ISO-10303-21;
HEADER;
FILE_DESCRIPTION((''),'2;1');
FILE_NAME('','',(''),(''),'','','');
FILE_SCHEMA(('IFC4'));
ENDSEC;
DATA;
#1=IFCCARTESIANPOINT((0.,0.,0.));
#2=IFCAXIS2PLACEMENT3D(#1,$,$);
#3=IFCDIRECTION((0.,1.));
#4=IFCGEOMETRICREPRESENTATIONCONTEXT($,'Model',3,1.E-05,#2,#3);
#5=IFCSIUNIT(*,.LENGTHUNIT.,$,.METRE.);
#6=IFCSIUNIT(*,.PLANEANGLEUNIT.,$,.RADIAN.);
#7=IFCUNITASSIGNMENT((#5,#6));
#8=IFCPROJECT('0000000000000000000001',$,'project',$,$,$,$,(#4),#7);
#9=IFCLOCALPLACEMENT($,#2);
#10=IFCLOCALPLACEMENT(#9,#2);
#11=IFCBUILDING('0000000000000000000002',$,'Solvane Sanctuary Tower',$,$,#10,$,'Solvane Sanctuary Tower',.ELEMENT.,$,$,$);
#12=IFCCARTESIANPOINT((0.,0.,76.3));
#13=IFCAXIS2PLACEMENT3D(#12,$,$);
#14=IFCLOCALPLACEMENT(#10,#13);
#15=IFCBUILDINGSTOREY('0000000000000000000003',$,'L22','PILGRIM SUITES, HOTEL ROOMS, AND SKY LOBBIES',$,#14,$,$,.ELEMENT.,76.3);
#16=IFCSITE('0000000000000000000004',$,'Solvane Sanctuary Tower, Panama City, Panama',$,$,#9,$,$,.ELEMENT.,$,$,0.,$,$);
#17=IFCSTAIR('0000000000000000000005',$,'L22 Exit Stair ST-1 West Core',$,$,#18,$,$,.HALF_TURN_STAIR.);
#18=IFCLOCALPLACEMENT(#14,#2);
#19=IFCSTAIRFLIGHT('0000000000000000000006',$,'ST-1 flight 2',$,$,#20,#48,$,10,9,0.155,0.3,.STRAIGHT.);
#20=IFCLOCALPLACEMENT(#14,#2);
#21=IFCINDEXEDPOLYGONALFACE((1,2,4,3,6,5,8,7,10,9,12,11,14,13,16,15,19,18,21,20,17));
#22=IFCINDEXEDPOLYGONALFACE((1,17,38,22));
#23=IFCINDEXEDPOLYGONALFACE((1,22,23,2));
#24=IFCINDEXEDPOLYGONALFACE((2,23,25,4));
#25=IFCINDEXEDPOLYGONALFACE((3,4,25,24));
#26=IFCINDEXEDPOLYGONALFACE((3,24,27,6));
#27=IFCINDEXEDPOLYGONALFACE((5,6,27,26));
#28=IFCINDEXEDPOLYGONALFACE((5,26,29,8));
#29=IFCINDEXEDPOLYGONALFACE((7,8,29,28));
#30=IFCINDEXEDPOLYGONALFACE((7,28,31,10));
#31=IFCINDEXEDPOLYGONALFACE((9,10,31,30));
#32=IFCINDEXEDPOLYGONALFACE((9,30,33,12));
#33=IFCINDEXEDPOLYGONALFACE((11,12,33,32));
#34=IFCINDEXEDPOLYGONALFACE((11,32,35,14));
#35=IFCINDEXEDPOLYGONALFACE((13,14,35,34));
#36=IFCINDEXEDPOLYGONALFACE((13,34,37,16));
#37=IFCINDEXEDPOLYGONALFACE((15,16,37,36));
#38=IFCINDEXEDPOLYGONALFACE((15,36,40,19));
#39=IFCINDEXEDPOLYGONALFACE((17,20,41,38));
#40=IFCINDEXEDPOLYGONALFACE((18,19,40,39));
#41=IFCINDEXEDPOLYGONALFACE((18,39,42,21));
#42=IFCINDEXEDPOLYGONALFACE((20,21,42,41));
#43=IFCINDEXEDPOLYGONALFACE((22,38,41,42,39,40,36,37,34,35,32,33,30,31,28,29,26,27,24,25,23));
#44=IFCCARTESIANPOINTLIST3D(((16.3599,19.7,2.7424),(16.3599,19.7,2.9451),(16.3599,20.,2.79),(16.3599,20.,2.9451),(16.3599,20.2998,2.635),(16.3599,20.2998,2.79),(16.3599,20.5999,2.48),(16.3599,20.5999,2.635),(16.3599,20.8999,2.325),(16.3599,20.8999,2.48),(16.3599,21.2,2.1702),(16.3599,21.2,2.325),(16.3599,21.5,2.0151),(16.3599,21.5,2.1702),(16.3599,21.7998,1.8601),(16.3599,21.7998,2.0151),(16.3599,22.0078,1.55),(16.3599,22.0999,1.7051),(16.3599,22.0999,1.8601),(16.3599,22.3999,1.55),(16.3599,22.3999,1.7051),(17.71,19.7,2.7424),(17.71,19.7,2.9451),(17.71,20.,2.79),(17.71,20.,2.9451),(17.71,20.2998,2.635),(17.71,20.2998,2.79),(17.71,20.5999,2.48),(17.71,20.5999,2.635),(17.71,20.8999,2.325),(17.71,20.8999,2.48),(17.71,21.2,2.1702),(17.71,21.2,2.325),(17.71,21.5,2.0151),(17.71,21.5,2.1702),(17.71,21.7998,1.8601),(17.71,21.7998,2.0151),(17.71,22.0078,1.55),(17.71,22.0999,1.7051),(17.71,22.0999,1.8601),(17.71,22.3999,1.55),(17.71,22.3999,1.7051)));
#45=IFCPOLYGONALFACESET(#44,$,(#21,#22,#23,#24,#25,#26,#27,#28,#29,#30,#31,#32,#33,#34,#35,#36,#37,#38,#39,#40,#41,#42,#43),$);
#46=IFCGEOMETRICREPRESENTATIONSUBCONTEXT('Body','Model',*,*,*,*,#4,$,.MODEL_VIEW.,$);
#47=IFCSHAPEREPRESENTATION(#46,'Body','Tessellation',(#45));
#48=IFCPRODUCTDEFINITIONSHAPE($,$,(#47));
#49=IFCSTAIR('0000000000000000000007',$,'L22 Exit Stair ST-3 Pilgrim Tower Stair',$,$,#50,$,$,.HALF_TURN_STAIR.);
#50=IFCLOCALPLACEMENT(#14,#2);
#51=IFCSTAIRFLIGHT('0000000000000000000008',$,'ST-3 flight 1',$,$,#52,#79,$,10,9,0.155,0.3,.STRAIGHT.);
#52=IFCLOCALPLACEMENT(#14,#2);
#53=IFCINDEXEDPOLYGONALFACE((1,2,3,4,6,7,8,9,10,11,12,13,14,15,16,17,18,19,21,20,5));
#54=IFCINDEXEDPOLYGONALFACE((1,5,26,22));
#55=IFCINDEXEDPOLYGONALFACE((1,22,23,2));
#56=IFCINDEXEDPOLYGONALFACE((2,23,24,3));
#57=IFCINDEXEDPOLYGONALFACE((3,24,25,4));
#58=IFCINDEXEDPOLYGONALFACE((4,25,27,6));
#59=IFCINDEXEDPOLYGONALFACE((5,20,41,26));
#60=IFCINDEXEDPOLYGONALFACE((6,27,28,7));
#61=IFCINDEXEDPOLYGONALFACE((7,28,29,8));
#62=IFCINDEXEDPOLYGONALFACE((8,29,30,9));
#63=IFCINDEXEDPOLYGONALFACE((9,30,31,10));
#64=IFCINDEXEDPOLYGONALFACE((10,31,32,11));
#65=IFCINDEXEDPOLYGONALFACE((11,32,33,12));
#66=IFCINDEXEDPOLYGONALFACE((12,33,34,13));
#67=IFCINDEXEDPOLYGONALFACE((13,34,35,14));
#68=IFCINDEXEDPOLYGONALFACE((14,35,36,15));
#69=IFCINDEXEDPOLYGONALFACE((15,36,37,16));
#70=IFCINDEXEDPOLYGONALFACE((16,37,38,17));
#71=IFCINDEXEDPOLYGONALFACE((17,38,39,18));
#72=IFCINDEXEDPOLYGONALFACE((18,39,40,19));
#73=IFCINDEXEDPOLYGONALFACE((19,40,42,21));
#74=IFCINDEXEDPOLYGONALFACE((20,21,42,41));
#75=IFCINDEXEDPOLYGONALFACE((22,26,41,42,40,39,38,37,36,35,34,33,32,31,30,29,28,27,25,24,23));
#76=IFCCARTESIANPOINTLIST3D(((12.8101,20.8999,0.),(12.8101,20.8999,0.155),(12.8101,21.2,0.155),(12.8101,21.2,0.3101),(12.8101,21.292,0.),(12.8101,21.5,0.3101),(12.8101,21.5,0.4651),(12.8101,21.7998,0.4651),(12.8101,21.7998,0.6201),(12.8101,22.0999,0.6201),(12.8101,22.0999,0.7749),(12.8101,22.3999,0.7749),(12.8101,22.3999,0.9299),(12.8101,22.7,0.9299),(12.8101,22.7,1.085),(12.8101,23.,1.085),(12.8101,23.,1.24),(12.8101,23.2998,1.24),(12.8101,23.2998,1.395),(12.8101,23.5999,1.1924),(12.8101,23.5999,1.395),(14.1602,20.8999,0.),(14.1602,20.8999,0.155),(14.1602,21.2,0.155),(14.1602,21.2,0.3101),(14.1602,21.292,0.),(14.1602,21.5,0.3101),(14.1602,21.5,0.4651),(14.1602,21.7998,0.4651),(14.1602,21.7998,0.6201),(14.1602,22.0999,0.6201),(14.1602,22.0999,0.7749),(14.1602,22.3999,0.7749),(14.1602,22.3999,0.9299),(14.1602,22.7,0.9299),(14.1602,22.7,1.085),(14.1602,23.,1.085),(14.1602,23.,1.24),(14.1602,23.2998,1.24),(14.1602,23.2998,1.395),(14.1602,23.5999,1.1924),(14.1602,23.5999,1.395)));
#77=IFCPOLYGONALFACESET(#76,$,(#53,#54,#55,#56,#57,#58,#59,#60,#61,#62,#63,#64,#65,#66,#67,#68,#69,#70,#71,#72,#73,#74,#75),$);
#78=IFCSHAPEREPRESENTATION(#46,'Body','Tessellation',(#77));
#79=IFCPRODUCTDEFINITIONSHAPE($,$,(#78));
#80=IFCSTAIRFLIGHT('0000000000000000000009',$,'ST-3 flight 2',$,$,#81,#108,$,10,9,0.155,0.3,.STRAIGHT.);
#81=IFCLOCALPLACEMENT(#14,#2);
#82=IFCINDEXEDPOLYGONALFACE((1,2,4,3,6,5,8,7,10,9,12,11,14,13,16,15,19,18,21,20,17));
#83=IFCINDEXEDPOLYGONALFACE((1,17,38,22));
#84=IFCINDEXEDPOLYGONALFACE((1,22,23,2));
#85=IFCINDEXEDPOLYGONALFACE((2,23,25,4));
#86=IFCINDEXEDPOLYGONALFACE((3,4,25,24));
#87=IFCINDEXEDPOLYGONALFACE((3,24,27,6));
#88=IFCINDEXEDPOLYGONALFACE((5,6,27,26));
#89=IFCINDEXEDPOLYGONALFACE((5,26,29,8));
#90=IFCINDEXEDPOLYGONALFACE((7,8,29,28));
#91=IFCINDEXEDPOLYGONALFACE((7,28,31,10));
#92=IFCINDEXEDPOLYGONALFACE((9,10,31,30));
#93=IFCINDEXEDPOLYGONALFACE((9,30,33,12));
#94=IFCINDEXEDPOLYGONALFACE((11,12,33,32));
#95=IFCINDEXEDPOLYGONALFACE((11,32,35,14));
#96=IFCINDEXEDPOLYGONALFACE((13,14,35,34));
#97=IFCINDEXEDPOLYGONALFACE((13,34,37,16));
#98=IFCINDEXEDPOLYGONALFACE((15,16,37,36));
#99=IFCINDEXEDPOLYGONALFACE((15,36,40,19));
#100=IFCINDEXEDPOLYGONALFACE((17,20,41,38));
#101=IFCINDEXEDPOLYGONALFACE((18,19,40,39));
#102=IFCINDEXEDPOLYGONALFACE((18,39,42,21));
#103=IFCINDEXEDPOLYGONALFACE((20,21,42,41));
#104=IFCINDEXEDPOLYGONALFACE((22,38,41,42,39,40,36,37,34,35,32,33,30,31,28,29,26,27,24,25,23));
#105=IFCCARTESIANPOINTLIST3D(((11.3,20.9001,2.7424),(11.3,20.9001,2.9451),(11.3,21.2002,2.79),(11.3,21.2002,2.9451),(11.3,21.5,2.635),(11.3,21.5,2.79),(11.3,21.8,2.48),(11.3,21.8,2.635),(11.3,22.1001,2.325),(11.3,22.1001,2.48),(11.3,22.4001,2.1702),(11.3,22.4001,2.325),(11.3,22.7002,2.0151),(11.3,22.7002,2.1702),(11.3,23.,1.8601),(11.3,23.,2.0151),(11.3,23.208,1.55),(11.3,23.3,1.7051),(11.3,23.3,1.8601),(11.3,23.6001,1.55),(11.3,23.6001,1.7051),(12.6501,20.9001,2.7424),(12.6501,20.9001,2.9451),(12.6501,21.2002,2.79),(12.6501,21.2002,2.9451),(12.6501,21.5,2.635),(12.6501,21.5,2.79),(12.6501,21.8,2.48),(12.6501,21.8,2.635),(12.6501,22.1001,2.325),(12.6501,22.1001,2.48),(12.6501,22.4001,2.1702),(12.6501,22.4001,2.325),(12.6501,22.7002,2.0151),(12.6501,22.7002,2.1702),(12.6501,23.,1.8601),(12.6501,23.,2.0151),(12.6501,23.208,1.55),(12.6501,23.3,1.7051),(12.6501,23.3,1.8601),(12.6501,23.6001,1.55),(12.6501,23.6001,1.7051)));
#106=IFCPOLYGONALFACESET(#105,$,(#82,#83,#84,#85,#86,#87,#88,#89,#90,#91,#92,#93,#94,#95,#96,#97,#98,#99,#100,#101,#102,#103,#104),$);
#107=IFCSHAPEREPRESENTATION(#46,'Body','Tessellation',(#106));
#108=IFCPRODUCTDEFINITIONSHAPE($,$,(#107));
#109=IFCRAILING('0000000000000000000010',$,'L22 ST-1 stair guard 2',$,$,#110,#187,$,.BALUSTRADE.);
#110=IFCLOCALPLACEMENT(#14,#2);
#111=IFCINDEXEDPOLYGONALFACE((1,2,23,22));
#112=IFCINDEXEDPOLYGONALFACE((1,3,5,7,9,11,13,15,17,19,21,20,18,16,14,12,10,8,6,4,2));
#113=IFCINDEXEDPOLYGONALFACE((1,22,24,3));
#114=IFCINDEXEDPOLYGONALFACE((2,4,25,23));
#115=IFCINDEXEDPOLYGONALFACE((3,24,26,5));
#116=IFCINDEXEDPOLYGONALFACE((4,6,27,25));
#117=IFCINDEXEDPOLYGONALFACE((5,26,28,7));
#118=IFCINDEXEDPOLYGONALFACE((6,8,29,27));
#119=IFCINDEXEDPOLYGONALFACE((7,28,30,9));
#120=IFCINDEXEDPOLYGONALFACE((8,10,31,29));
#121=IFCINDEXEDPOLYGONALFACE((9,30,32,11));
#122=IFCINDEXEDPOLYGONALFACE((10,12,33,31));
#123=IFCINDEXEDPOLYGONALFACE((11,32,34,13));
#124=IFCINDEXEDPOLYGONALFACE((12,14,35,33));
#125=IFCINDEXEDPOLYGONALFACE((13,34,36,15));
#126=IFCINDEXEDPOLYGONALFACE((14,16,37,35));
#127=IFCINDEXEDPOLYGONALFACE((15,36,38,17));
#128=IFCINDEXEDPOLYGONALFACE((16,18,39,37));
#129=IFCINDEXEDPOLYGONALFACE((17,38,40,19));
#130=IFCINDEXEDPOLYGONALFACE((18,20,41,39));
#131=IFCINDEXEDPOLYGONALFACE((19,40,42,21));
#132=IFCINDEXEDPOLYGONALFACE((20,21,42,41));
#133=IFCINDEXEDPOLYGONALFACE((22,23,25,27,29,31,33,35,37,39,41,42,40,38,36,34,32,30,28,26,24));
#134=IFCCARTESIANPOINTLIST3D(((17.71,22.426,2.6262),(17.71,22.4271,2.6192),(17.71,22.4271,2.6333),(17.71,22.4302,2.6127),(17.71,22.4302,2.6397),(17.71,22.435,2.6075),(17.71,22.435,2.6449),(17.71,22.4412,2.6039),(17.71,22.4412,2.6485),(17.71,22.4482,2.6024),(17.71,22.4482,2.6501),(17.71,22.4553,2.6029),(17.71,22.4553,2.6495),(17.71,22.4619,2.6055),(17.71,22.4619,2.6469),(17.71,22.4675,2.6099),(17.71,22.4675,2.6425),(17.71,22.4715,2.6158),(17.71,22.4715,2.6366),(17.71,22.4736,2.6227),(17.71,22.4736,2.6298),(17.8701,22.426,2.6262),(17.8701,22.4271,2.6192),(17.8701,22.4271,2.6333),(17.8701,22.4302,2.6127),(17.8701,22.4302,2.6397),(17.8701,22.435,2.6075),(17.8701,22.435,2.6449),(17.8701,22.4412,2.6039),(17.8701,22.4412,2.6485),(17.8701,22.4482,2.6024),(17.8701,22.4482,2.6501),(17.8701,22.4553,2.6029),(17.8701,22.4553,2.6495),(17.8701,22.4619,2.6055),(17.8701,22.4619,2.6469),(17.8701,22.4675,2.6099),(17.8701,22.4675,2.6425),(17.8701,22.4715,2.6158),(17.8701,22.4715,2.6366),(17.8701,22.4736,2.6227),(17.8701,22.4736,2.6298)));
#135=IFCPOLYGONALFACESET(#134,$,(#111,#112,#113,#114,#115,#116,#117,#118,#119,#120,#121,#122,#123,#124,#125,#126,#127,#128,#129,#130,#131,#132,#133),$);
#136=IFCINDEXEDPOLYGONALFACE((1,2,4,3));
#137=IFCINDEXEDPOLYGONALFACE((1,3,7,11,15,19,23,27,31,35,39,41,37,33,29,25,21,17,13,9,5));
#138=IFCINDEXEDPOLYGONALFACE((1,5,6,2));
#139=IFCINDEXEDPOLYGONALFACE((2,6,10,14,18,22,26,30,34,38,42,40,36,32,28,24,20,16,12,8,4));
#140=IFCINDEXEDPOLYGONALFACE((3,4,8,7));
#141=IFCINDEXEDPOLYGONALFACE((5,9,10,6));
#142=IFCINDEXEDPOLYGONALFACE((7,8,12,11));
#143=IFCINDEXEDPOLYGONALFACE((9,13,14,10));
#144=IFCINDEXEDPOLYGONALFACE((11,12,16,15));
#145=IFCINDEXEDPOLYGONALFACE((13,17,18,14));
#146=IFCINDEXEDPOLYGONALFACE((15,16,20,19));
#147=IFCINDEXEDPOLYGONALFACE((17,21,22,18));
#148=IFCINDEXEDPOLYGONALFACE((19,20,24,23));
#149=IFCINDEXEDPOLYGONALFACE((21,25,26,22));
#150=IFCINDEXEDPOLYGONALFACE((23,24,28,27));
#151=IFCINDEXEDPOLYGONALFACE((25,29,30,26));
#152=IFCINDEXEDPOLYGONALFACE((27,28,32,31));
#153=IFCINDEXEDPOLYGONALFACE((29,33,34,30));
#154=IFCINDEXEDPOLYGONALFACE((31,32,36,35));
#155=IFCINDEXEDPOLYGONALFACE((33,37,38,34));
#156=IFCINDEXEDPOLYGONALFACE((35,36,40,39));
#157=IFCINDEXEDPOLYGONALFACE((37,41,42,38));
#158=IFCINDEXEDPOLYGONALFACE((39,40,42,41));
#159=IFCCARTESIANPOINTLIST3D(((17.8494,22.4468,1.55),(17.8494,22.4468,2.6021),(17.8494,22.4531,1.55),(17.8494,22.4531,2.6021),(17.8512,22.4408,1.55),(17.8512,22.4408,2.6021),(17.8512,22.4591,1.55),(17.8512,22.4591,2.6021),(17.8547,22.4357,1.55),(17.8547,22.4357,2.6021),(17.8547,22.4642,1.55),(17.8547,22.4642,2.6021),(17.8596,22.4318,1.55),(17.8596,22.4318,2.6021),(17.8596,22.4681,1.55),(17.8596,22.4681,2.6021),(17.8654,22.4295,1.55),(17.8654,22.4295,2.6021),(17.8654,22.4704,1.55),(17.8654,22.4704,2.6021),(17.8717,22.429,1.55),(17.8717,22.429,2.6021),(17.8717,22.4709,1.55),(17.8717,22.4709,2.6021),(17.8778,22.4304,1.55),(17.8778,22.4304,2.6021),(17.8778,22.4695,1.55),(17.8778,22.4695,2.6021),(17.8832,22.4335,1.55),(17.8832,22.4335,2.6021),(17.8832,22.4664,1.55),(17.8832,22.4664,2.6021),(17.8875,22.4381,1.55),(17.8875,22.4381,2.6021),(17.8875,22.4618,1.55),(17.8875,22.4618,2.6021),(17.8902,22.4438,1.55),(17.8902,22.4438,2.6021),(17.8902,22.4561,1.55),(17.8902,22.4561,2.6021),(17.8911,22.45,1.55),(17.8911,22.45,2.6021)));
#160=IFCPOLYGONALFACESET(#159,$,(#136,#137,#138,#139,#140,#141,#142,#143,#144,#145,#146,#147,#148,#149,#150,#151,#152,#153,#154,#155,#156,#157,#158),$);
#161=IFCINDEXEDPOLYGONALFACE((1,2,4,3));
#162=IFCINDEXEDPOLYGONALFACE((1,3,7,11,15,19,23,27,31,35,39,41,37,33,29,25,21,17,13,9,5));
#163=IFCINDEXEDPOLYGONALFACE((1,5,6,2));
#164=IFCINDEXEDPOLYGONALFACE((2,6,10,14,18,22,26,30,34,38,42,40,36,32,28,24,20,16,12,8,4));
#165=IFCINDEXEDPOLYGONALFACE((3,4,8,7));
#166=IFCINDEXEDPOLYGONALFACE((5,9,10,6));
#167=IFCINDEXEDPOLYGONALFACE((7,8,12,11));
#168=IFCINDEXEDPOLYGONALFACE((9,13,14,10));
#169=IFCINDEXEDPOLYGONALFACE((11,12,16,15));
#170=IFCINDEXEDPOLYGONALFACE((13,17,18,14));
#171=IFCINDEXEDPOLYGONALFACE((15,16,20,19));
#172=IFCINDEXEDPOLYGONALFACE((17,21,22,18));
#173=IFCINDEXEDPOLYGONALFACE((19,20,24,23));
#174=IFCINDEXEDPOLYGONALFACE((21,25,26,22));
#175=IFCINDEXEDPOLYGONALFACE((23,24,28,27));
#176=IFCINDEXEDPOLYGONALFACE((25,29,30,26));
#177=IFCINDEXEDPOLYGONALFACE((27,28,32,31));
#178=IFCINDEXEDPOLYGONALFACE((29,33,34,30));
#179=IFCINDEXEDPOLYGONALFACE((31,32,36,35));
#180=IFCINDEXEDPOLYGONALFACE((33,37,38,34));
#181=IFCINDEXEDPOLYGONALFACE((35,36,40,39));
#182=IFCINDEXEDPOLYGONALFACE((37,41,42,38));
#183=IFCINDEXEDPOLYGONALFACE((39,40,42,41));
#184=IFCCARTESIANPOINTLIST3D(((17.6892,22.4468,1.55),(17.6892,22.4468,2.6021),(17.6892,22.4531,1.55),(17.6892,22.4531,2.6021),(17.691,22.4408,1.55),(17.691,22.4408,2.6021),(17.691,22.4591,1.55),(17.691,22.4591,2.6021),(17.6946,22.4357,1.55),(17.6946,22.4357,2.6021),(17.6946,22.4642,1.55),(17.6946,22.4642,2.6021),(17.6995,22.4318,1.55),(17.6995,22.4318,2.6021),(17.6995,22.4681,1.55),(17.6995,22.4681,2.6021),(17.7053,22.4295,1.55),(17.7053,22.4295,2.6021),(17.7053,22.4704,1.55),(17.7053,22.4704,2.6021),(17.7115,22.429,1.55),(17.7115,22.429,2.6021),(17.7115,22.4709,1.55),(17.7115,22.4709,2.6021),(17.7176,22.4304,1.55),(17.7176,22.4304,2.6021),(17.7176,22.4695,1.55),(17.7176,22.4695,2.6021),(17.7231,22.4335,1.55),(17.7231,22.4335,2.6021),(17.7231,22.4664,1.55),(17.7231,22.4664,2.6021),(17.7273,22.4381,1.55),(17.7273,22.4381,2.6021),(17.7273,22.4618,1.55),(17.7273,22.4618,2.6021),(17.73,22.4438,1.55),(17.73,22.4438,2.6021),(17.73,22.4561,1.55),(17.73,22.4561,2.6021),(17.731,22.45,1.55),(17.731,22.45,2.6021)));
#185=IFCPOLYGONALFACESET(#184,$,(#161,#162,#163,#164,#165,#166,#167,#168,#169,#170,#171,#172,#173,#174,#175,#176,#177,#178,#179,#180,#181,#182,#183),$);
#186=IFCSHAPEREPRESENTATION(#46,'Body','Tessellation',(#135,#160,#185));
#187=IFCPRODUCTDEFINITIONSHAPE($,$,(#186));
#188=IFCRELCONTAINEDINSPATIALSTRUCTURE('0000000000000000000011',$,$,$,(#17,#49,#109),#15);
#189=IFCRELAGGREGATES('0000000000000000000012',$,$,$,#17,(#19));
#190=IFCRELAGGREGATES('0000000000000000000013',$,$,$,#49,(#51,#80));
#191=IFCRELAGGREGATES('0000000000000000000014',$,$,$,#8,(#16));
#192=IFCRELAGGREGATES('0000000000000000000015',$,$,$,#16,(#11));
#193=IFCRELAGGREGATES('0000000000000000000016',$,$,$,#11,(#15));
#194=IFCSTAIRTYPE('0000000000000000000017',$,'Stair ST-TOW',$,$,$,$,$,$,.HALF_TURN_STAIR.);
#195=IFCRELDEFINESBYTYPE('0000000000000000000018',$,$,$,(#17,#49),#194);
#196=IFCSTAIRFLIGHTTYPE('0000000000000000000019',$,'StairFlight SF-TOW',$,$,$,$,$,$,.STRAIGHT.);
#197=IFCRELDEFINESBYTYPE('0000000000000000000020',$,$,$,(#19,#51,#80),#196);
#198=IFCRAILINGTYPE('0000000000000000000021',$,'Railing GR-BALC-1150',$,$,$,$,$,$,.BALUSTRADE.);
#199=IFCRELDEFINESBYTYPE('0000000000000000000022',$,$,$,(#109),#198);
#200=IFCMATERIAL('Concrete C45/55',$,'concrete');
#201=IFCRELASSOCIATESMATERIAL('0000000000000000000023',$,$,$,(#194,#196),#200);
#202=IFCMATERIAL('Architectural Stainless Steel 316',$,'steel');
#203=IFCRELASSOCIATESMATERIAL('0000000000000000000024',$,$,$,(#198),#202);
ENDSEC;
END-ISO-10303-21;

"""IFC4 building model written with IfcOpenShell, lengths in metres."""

from ifc_helpers import new_model, si_unit, direction, frame, origin, origin_2d, place, context, subcontext, project, spatial, polyline, circle, outline, extrude, material, type_object, element, aggregate, save


model = new_model("IFC4")

# Units and contexts
model_context = context("Model", 3, precision=1e-05, world=origin(), true_north=direction((0.0, 1.0)))
body_context = subcontext(model_context, "Body", "Model", "MODEL_VIEW")
ifc_project = project(units=[si_unit("LENGTHUNIT", "METRE"), si_unit("PLANEANGLEUNIT", "RADIAN")], contexts=[model_context])

# Site, building, storey
site_placement = place(None, origin())
site = spatial("IfcSite", under=ifc_project, at=site_placement, Name="Solvane Sanctuary Tower, Panama City, Panama", CompositionType="ELEMENT", RefElevation=0.0)
building_placement = place(site_placement, origin())
building = spatial("IfcBuilding", under=site, at=building_placement, Name="Solvane Sanctuary Tower", LongName="Solvane Sanctuary Tower", CompositionType="ELEMENT")
storey_placement = place(building_placement, frame((0.0, 0.0, 76.3)))
storey = spatial("IfcBuildingStorey", under=building, at=storey_placement, Name="L22", Description="PILGRIM SUITES, HOTEL ROOMS, AND SKY LOBBIES", CompositionType="ELEMENT", Elevation=76.3)

# Shared definitions
ifc_material_1 = material(Name="Architectural Stainless Steel 316", Category="steel")

# Stair, stair flight
ifc_material_2 = material(Name="Concrete C45/55", Category="concrete")
stair_type = type_object("IfcStairType", Name="Stair ST-TOW", PredefinedType="HALF_TURN_STAIR", material=ifc_material_2)
stair_1_placement = place(storey_placement, origin())
stair_1 = element("IfcStair", 1, at=stair_1_placement, inside=storey, type_object=stair_type, Name="L22 Exit Stair ST-1 West Core", PredefinedType="HALF_TURN_STAIR")
stair_flight_type = type_object("IfcStairFlightType", Name="StairFlight SF-TOW", PredefinedType="STRAIGHT", material=ifc_material_2)
stair_flight_1_placement = place(storey_placement, frame((17.0349, 22.3999, 1.55), z_axis=(0.0, 0.0, 1.0), x_axis=(0.0, -1.0, 0.0)))
stair_flight_1 = element("IfcStairFlight", 2, at=stair_flight_1_placement, type_object=stair_flight_type, Name="ST-1 flight 2", NumberOfRisers=10, NumberOfTreads=9, PredefinedType="STRAIGHT", RiserHeight=0.155, TreadLength=0.3, context=body_context, shape_type="SweptSolid", body=[
    extrude(outline(polyline([(0.0, 0.0), (0.0, 0.155), (0.3, 0.155), (0.3, 0.3101), (0.6001, 0.3101), (0.6001, 0.4651), (0.8999, 0.4651), (0.8999, 0.6201), (1.2, 0.6201), (1.2, 0.7749), (1.5, 0.7749), (1.5, 0.9299), (1.8, 0.9299), (1.8, 1.085), (2.1001, 1.085), (2.1001, 1.24), (2.3999, 1.24), (2.3999, 1.395), (2.7, 1.395), (2.7, 1.55), (2.7, 1.1924), (0.3921, 0.0), (0.0, 0.0)])), frame((0.0, 0.675, 0.0), z_axis=(0.0, -1.0, 0.0), x_axis=(1.0, 0.0, 0.0)), (0.0, 0.0, 1.0), 1.3501),
])
aggregate(stair_1, [stair_flight_1])

# Stair, stair flights
stair_2_placement = place(storey_placement, origin())
stair_2 = element("IfcStair", 3, at=stair_2_placement, inside=storey, type_object=stair_type, Name="L22 Exit Stair ST-3 Pilgrim Tower Stair", PredefinedType="HALF_TURN_STAIR")
stair_flight_2_placement = place(storey_placement, frame((13.4851, 20.8999, 0.0), z_axis=(0.0, 0.0, 1.0), x_axis=(0.0, 1.0, 0.0)))
stair_flight_2 = element("IfcStairFlight", 4, at=stair_flight_2_placement, type_object=stair_flight_type, Name="ST-3 flight 1", NumberOfRisers=10, NumberOfTreads=9, PredefinedType="STRAIGHT", RiserHeight=0.155, TreadLength=0.3, context=body_context, shape_type="SweptSolid", body=[
    extrude(outline(polyline([(0.0, 0.0), (0.0, 0.155), (0.3, 0.155), (0.3, 0.3101), (0.6001, 0.3101), (0.6001, 0.4651), (0.8999, 0.4651), (0.8999, 0.6201), (1.2, 0.6201), (1.2, 0.7749), (1.5, 0.7749), (1.5, 0.9299), (1.8, 0.9299), (1.8, 1.085), (2.1001, 1.085), (2.1001, 1.24), (2.3999, 1.24), (2.3999, 1.395), (2.7, 1.395), (2.7, 1.55), (2.7, 1.1924), (0.3921, 0.0), (0.0, 0.0)])), frame((0.0, 0.675, 0.0), z_axis=(0.0, -1.0, 0.0), x_axis=(1.0, 0.0, 0.0)), (0.0, 0.0, 1.0), 1.3501),
])
stair_flight_3_placement = place(storey_placement, frame((11.9751, 23.6001, 1.55), z_axis=(0.0, 0.0, 1.0), x_axis=(0.0, -1.0, 0.0)))
stair_flight_3 = element("IfcStairFlight", 5, at=stair_flight_3_placement, type_object=stair_flight_type, Name="ST-3 flight 2", NumberOfRisers=10, NumberOfTreads=9, PredefinedType="STRAIGHT", RiserHeight=0.155, TreadLength=0.3, context=body_context, shape_type="SweptSolid", body=[
    extrude(outline(polyline([(0.0, 0.0), (0.0, 0.155), (0.3, 0.155), (0.3, 0.3101), (0.6001, 0.3101), (0.6001, 0.4651), (0.8999, 0.4651), (0.8999, 0.6201), (1.2, 0.6201), (1.2, 0.7749), (1.5, 0.7749), (1.5, 0.9299), (1.8, 0.9299), (1.8, 1.085), (2.1001, 1.085), (2.1001, 1.24), (2.3999, 1.24), (2.3999, 1.395), (2.7, 1.395), (2.7, 1.55), (2.7, 1.1924), (0.3921, 0.0), (0.0, 0.0)])), frame((0.0, 0.675, 0.0), z_axis=(0.0, -1.0, 0.0), x_axis=(1.0, 0.0, 0.0)), (0.0, 0.0, 1.0), 1.3501),
])
aggregate(stair_2, [stair_flight_2, stair_flight_3])

# Railing
railing_type_1 = type_object("IfcRailingType", Name="Railing GR-BALC-1150", PredefinedType="BALUSTRADE", material=ifc_material_1)
railing_1_placement = place(storey_placement, frame((17.8701, 22.45, 1.55)))
element("IfcRailing", 6, at=railing_1_placement, inside=storey, type_object=railing_type_1, Name="L22 ST-1 stair guard 2", PredefinedType="BALUSTRADE", context=body_context, shape_type="SweptSolid", body=[
    extrude(circle(Radius=0.0239, at=origin_2d()), frame((0.0, 0.0, 1.0762), z_axis=(-1.0, 0.0, 0.0), x_axis=(0.0, -1.0, 0.0)), (0.0, 0.0, 1.0), 0.1602),
    extrude(circle(Radius=0.021, at=origin_2d()), origin(), (0.0, 0.0, 1.0), 1.052),
    extrude(circle(Radius=0.021, at=origin_2d()), frame((-0.1602, 0.0, 0.0)), (0.0, 0.0, 1.0), 1.052),
])

save(model, "model.ifc")
